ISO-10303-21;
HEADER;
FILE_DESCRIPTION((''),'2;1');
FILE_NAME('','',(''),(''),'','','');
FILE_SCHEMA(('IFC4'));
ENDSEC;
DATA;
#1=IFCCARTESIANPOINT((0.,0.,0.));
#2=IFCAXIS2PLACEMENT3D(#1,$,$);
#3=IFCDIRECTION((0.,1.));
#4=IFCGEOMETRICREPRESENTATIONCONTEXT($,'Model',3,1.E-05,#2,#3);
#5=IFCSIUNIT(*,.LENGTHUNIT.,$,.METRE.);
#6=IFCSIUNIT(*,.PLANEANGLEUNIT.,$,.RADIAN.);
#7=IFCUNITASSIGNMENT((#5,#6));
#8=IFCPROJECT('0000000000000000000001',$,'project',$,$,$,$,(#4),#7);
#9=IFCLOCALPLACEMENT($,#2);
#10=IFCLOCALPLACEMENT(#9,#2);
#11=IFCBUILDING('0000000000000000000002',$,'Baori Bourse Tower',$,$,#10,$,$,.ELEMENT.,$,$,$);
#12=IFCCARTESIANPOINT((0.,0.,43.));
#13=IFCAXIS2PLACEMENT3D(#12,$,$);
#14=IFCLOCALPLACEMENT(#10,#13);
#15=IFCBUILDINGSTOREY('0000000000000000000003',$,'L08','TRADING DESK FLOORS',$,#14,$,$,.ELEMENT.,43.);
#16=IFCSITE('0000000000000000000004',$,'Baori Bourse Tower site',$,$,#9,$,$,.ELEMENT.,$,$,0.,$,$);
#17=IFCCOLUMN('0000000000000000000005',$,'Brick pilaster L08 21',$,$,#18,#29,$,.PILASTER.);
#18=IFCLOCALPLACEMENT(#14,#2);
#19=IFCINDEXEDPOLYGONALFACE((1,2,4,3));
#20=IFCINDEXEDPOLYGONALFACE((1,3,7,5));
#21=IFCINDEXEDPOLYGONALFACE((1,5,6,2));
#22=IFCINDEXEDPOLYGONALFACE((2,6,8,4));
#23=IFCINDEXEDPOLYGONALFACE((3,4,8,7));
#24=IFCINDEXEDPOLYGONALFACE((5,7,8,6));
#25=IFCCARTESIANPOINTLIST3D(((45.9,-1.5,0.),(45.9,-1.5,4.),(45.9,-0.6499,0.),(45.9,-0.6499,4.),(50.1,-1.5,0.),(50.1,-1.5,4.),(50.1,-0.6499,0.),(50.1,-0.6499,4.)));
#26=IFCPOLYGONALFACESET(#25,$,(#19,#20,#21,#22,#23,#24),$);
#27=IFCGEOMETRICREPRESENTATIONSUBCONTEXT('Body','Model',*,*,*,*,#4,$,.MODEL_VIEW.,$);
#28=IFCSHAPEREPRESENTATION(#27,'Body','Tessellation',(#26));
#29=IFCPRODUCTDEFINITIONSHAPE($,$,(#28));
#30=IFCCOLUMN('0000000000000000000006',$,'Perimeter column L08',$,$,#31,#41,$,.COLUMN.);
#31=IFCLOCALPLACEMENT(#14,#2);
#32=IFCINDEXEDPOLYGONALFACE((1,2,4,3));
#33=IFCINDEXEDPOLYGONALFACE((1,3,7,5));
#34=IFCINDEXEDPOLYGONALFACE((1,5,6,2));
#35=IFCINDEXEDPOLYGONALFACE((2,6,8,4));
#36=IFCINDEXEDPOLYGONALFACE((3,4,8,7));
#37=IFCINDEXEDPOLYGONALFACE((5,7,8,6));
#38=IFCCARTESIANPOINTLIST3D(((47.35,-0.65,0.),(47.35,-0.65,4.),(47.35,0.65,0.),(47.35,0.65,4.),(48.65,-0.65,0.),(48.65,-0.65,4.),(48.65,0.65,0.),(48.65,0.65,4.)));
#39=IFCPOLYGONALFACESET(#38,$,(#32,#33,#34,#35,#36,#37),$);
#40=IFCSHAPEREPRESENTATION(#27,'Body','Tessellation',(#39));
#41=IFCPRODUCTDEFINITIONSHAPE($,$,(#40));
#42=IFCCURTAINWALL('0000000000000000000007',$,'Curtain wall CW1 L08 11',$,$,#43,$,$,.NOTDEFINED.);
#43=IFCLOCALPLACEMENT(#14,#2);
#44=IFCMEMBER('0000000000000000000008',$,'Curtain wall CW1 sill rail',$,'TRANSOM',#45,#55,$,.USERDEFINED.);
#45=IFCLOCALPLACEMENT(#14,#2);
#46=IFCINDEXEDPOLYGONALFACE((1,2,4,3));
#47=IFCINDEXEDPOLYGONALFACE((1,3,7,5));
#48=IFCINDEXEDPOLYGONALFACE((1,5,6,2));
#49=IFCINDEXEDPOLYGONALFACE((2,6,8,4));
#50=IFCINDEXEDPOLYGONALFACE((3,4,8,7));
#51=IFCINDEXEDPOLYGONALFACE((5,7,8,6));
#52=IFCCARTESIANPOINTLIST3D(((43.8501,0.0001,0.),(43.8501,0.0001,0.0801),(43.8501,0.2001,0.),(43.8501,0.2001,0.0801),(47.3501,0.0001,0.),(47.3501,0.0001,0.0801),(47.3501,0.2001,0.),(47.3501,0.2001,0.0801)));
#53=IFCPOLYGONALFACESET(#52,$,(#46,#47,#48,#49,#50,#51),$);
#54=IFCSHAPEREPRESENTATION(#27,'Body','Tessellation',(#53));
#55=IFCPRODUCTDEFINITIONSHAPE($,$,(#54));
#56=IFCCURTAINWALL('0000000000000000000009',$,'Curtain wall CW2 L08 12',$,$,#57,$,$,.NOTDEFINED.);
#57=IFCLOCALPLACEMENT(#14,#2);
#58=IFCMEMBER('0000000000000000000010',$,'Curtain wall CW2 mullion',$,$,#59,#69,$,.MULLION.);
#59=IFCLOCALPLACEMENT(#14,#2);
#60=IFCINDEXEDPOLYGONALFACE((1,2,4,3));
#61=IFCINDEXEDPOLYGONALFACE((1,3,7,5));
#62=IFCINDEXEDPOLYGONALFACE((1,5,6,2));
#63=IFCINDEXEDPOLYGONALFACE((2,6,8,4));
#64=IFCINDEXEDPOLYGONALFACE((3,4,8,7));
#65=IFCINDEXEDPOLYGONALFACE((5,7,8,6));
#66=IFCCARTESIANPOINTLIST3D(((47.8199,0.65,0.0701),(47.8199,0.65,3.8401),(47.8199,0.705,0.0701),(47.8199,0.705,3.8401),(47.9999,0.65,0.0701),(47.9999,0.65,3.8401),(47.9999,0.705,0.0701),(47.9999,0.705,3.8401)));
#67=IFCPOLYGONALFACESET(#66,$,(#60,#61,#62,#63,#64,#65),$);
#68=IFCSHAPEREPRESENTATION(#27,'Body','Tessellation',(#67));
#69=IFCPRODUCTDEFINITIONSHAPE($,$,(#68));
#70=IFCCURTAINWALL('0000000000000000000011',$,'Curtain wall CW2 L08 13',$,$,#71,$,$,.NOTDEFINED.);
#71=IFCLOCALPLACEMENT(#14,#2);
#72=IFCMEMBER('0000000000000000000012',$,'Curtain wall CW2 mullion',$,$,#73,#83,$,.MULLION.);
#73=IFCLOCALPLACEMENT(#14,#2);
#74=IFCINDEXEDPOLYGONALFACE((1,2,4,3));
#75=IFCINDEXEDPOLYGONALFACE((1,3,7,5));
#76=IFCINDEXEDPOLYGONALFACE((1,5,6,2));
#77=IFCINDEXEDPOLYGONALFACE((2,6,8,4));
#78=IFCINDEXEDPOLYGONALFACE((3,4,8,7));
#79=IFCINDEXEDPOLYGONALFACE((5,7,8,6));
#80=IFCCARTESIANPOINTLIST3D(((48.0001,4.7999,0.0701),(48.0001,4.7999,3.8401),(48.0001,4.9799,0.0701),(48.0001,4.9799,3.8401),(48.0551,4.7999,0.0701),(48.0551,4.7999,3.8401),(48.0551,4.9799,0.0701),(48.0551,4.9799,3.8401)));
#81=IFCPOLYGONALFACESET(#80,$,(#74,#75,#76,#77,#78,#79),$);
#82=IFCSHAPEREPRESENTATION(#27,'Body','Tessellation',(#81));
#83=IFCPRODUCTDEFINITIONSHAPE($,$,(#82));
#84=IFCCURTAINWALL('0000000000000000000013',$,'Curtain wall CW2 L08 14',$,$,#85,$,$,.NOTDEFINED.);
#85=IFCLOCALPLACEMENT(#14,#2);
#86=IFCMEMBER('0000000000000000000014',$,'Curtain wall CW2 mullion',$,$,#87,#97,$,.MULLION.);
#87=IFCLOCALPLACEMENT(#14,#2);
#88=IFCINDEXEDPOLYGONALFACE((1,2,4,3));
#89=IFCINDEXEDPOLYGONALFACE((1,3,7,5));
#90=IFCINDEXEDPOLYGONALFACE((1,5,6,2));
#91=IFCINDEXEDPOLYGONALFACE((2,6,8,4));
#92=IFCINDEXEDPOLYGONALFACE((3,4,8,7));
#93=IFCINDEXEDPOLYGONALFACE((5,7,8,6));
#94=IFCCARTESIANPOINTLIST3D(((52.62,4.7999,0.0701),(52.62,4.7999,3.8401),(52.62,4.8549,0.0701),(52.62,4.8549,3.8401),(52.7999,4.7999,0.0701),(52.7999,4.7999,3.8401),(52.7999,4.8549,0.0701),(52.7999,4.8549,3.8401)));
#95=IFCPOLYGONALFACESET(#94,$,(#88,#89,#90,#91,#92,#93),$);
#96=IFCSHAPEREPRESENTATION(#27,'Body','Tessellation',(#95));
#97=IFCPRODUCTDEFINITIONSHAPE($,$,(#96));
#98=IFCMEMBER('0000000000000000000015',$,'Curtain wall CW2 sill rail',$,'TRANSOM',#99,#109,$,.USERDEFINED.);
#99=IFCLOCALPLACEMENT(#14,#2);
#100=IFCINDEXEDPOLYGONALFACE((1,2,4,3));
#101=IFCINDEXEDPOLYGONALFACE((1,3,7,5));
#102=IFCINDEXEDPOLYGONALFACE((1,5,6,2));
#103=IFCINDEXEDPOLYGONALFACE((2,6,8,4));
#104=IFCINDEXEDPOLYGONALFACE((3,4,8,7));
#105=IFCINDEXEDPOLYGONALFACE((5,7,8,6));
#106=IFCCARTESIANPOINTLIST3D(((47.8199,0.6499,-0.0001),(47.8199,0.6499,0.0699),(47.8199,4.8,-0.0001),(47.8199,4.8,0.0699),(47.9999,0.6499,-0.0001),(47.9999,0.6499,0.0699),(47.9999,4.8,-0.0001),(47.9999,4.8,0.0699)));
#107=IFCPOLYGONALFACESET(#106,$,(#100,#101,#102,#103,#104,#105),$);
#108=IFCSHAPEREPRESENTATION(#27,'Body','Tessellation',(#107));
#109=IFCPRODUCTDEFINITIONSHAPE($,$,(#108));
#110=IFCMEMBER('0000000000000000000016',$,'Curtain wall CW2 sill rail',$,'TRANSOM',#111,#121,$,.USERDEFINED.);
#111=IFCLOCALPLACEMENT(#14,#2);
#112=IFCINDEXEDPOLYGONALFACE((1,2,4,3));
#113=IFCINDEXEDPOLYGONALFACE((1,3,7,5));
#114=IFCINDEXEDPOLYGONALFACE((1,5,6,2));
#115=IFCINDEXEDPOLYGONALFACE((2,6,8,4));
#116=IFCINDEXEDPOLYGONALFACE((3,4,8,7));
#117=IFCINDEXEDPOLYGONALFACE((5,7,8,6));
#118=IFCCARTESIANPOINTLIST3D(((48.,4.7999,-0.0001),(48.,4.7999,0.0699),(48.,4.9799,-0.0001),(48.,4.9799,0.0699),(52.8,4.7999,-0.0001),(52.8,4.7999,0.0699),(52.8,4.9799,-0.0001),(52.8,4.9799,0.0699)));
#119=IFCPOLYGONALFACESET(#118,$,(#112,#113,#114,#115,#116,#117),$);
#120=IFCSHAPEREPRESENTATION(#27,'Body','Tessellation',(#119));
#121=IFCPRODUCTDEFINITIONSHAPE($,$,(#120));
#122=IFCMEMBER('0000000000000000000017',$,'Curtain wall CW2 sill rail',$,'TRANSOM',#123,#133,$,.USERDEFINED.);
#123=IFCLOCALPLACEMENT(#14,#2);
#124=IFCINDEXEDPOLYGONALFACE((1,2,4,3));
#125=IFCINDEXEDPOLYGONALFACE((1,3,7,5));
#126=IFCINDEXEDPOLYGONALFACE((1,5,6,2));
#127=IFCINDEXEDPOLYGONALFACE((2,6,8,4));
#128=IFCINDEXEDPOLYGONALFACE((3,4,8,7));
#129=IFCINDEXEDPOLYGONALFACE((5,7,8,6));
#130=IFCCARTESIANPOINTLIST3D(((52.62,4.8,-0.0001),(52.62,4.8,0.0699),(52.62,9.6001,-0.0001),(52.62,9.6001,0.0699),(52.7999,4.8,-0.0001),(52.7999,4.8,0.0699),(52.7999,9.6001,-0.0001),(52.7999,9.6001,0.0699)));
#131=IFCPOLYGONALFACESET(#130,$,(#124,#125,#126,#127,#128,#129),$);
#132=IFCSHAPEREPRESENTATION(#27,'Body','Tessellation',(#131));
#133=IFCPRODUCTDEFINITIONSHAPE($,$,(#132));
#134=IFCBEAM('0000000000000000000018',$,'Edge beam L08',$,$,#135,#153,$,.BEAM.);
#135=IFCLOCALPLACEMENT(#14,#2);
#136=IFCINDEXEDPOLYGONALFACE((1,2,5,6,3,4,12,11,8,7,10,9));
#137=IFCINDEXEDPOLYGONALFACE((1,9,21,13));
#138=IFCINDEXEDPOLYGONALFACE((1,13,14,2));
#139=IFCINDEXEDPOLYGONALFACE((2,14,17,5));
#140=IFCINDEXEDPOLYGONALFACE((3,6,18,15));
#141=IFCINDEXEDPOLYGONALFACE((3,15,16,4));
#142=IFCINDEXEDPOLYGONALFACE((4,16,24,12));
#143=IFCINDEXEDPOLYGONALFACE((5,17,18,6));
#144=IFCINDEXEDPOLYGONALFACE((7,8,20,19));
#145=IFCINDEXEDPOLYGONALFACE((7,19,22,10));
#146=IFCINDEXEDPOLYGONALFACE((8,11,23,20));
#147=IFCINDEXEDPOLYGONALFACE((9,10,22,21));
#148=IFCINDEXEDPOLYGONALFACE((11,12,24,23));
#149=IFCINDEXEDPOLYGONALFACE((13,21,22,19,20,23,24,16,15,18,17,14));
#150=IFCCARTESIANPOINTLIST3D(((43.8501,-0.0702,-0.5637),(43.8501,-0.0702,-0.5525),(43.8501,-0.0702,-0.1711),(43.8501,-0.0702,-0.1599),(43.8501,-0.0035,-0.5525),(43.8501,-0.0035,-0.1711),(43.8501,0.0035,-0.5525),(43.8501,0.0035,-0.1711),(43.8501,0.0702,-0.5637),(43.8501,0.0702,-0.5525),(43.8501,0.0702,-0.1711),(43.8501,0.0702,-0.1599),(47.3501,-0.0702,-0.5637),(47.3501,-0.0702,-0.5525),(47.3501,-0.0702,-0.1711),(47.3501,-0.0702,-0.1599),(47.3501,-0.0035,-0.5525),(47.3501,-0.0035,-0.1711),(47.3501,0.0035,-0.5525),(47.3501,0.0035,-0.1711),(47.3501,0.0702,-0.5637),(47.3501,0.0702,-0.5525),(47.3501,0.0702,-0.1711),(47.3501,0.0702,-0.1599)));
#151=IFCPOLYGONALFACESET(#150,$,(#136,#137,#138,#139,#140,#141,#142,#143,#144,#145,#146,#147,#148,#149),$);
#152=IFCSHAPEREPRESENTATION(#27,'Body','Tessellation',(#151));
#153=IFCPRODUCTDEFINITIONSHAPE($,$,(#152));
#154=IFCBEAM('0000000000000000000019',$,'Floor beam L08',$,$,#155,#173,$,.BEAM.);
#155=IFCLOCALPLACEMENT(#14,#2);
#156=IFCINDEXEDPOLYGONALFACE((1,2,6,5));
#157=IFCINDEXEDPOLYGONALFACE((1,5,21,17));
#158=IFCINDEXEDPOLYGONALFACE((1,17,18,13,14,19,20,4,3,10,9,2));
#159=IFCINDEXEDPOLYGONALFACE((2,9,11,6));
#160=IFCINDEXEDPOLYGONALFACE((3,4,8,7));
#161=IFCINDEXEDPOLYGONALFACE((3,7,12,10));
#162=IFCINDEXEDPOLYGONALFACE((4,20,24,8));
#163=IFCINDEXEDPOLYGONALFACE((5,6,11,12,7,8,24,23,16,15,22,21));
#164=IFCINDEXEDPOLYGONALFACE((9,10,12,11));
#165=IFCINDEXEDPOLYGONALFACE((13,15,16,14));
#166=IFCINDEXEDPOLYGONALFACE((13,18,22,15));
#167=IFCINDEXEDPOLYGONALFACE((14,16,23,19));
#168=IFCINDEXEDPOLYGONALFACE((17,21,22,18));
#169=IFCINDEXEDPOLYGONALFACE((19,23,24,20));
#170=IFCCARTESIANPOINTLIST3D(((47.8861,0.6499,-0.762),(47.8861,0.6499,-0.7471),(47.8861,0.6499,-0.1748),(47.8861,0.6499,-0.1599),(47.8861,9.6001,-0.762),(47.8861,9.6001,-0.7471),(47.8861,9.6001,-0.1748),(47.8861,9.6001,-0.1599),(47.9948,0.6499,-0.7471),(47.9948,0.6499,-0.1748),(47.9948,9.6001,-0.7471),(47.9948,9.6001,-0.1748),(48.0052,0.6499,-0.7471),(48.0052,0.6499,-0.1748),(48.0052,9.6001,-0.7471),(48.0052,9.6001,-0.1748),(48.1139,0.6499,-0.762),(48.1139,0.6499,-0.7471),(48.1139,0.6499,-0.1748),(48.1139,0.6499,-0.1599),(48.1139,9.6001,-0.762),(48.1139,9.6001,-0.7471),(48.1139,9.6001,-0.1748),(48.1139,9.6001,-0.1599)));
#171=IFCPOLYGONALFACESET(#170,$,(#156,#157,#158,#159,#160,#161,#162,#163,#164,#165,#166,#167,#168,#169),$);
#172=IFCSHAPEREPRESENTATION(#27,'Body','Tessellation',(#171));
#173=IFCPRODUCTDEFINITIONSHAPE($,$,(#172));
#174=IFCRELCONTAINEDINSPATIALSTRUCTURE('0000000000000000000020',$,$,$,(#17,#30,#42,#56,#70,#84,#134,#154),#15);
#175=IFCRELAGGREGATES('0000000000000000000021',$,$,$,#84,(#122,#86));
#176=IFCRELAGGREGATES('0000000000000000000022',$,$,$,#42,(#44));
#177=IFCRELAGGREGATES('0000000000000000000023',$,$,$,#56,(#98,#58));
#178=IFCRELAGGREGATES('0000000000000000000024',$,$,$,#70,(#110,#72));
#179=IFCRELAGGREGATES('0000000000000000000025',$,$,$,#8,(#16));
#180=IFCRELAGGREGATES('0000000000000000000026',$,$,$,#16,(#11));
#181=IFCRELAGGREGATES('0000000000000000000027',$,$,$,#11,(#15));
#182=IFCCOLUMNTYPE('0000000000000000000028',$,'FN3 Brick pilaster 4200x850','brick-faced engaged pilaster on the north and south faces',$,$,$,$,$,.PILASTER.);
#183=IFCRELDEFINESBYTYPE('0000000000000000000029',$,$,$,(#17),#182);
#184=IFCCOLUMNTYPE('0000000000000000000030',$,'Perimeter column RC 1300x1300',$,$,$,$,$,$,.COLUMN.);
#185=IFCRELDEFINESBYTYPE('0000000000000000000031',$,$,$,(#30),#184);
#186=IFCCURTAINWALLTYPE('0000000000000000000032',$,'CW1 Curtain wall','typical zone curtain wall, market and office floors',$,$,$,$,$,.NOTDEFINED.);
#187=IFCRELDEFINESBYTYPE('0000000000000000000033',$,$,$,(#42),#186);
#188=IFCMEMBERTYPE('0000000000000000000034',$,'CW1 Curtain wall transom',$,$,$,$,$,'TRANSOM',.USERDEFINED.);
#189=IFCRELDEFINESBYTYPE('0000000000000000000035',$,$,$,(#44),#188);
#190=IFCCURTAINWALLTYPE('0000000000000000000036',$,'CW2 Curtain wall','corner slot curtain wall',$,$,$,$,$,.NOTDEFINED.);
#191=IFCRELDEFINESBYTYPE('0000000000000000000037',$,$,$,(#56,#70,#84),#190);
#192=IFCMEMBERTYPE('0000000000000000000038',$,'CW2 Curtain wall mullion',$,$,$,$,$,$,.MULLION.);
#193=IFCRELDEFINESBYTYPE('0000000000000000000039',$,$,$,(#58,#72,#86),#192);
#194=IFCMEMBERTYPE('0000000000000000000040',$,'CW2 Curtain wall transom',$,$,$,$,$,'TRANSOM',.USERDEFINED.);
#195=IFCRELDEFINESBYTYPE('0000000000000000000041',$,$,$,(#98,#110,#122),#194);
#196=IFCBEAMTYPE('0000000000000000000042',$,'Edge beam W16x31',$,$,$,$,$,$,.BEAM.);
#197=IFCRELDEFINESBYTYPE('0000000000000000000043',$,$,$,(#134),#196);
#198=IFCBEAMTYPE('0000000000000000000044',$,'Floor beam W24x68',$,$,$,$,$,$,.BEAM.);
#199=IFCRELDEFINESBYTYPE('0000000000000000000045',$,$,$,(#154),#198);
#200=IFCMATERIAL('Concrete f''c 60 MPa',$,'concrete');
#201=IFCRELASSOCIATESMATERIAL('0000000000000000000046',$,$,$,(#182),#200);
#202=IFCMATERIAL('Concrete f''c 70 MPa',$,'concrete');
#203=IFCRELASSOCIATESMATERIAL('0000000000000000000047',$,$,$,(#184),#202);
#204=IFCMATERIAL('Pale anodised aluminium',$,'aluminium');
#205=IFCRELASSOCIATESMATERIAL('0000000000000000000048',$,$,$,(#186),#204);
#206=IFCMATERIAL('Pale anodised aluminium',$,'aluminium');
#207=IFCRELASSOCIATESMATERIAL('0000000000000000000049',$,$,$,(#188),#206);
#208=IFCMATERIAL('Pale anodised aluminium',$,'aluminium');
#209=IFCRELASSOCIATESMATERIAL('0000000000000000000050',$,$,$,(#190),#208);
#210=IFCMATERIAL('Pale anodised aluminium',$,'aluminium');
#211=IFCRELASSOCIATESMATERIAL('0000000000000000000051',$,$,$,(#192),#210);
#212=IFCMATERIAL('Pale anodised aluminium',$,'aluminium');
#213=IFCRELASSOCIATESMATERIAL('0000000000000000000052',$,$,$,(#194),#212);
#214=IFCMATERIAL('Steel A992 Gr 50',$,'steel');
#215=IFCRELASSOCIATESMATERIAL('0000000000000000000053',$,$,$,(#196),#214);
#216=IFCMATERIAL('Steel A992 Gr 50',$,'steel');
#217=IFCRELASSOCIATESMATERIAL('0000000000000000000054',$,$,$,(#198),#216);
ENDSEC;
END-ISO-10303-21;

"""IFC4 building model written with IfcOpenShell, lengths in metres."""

from ifc_helpers import new_model, si_unit, direction, frame, origin, origin_2d, place, context, subcontext, project, spatial, rectangle, i_section, extrude, material, material_profile, profile_set, type_object, element, aggregate, save


model = new_model("IFC4")

# Units and contexts
model_context = context("Model", 3, precision=1e-05, world=origin(), true_north=direction((0.0, 1.0)))
body_context = subcontext(model_context, "Body", "Model", "MODEL_VIEW")
ifc_project = project(units=[si_unit("LENGTHUNIT", "METRE"), si_unit("PLANEANGLEUNIT", "RADIAN")], contexts=[model_context])

# Site, building, storey
site_placement = place(None, origin())
site = spatial("IfcSite", under=ifc_project, at=site_placement, Name="Baori Bourse Tower site", CompositionType="ELEMENT", RefElevation=0.0)
building_placement = place(site_placement, origin())
building = spatial("IfcBuilding", under=site, at=building_placement, Name="Baori Bourse Tower", CompositionType="ELEMENT")
storey_placement = place(building_placement, frame((0.0, 0.0, 43.0)))
storey = spatial("IfcBuildingStorey", under=building, at=storey_placement, Name="L08", Description="TRADING DESK FLOORS", CompositionType="ELEMENT", Elevation=43.0)

# Columns
ifc_material_1 = material(Name="Concrete f'c 60 MPa", Category="concrete")
ifc_material_profile_1 = material_profile(ifc_material_1, rectangle(XDim=4.2, YDim=0.8501, at=origin_2d()), Name="RC 4200x850")
ifc_profile_set_1 = profile_set([ifc_material_profile_1], Name="Concrete f'c 60 MPa")
column_type_1 = type_object("IfcColumnType", Name="FN3 Brick pilaster 4200x850", Description="brick-faced engaged pilaster on the north and south faces", PredefinedType="PILASTER", material=ifc_profile_set_1)
column_1_placement = place(storey_placement, frame((48.0, -1.075, 0.0), z_axis=(0.0, 0.0, 1.0), x_axis=(1.0, 0.0, 0.0)))
element("IfcColumn", 1, at=column_1_placement, inside=storey, type_object=column_type_1, Name="Brick pilaster L08 21", PredefinedType="PILASTER", context=body_context, shape_type="SweptSolid", body=[
    extrude(rectangle(XDim=4.2, YDim=0.8501, at=origin_2d()), origin(), (0.0, 0.0, 1.0), 4.0),
])
ifc_material_2 = material(Name="Concrete f'c 70 MPa", Category="concrete")
ifc_material_profile_2 = material_profile(ifc_material_2, rectangle(XDim=1.3, YDim=1.3, at=origin_2d()), Name="RC 1300x1300")
ifc_profile_set_2 = profile_set([ifc_material_profile_2], Name="Concrete f'c 70 MPa")
column_type_2 = type_object("IfcColumnType", Name="Perimeter column RC 1300x1300", PredefinedType="COLUMN", material=ifc_profile_set_2)
column_2_placement = place(storey_placement, frame((48.0, 0.0, 0.0), z_axis=(0.0, 0.0, 1.0), x_axis=(1.0, 0.0, 0.0)))
element("IfcColumn", 2, at=column_2_placement, inside=storey, type_object=column_type_2, Name="Perimeter column L08", PredefinedType="COLUMN", context=body_context, shape_type="SweptSolid", body=[
    extrude(rectangle(XDim=1.3, YDim=1.3, at=origin_2d()), origin(), (0.0, 0.0, 1.0), 4.0),
])

# Curtain walls, members
ifc_material_3 = material(Name="Pale anodised aluminium", Category="aluminium")
curtain_wall_type_1 = type_object("IfcCurtainWallType", Name="CW1 Curtain wall", Description="typical zone curtain wall, market and office floors", PredefinedType="NOTDEFINED", material=ifc_material_3)
curtain_wall_1_placement = place(storey_placement, origin())
curtain_wall_1 = element("IfcCurtainWall", 3, at=curtain_wall_1_placement, inside=storey, type_object=curtain_wall_type_1, Name="Curtain wall CW1 L08 11", PredefinedType="NOTDEFINED")
ifc_material_4 = material(Name="Pale anodised aluminium", Category="aluminium")
ifc_material_profile_3 = material_profile(ifc_material_4, rectangle(XDim=0.2, YDim=0.0801, at=origin_2d()), Name="Transom 80x200")
ifc_profile_set_3 = profile_set([ifc_material_profile_3], Name="Pale anodised aluminium")
member_type_1 = type_object("IfcMemberType", Name="CW1 Curtain wall transom", ElementType="TRANSOM", PredefinedType="USERDEFINED", material=ifc_profile_set_3)
member_1_placement = place(storey_placement, frame((43.8501, 0.1001, 0.04), z_axis=(1.0, 0.0, 0.0), x_axis=(0.0, 1.0, 0.0)))
member_1 = element("IfcMember", 4, at=member_1_placement, type_object=member_type_1, Name="Curtain wall CW1 sill rail", ObjectType="TRANSOM", PredefinedType="USERDEFINED", context=body_context, shape_type="SweptSolid", body=[
    extrude(rectangle(XDim=0.2, YDim=0.0801, at=origin_2d()), origin(), (0.0, 0.0, 1.0), 3.5),
])
ifc_material_5 = material(Name="Pale anodised aluminium", Category="aluminium")
curtain_wall_type_2 = type_object("IfcCurtainWallType", Name="CW2 Curtain wall", Description="corner slot curtain wall", PredefinedType="NOTDEFINED", material=ifc_material_5)
curtain_wall_2_placement = place(storey_placement, origin())
curtain_wall_2 = element("IfcCurtainWall", 5, at=curtain_wall_2_placement, inside=storey, type_object=curtain_wall_type_2, Name="Curtain wall CW2 L08 12", PredefinedType="NOTDEFINED")
ifc_material_6 = material(Name="Pale anodised aluminium", Category="aluminium")
ifc_material_profile_4 = material_profile(ifc_material_6, rectangle(XDim=0.1799, YDim=0.0549, at=origin_2d()), Name="Mullion 55x180")
ifc_profile_set_4 = profile_set([ifc_material_profile_4], Name="Pale anodised aluminium")
member_type_2 = type_object("IfcMemberType", Name="CW2 Curtain wall mullion", PredefinedType="MULLION", material=ifc_profile_set_4)
member_2_placement = place(storey_placement, frame((47.9099, 0.6775, 0.0701), z_axis=(0.0, 0.0, 1.0), x_axis=(-1.0, 0.0, 0.0)))
member_2 = element("IfcMember", 6, at=member_2_placement, type_object=member_type_2, Name="Curtain wall CW2 mullion", PredefinedType="MULLION", context=body_context, shape_type="SweptSolid", body=[
    extrude(rectangle(XDim=0.1799, YDim=0.0549, at=origin_2d()), origin(), (0.0, 0.0, 1.0), 3.77),
])
curtain_wall_3_placement = place(storey_placement, origin())
curtain_wall_3 = element("IfcCurtainWall", 7, at=curtain_wall_3_placement, inside=storey, type_object=curtain_wall_type_2, Name="Curtain wall CW2 L08 13", PredefinedType="NOTDEFINED")
member_3_placement = place(storey_placement, frame((48.0276, 4.8899, 0.0701), z_axis=(0.0, 0.0, 1.0), x_axis=(0.0, 1.0, 0.0)))
member_3 = element("IfcMember", 8, at=member_3_placement, type_object=member_type_2, Name="Curtain wall CW2 mullion", PredefinedType="MULLION", context=body_context, shape_type="SweptSolid", body=[
    extrude(rectangle(XDim=0.1799, YDim=0.0549, at=origin_2d()), origin(), (0.0, 0.0, 1.0), 3.77),
])
curtain_wall_4_placement = place(storey_placement, origin())
curtain_wall_4 = element("IfcCurtainWall", 9, at=curtain_wall_4_placement, inside=storey, type_object=curtain_wall_type_2, Name="Curtain wall CW2 L08 14", PredefinedType="NOTDEFINED")
member_4_placement = place(storey_placement, frame((52.71, 4.8274, 0.0701), z_axis=(0.0, 0.0, 1.0), x_axis=(-1.0, 0.0, 0.0)))
member_4 = element("IfcMember", 10, at=member_4_placement, type_object=member_type_2, Name="Curtain wall CW2 mullion", PredefinedType="MULLION", context=body_context, shape_type="SweptSolid", body=[
    extrude(rectangle(XDim=0.1799, YDim=0.0549, at=origin_2d()), origin(), (0.0, 0.0, 1.0), 3.77),
])

# Members
ifc_material_7 = material(Name="Pale anodised aluminium", Category="aluminium")
ifc_material_profile_5 = material_profile(ifc_material_7, rectangle(XDim=0.1799, YDim=0.0701, at=origin_2d()), Name="Transom 70x180")
ifc_profile_set_5 = profile_set([ifc_material_profile_5], Name="Pale anodised aluminium")
member_type_3 = type_object("IfcMemberType", Name="CW2 Curtain wall transom", ElementType="TRANSOM", PredefinedType="USERDEFINED", material=ifc_profile_set_5)
member_5_placement = place(storey_placement, frame((47.9099, 0.6499, 0.0349), z_axis=(0.0, 1.0, 0.0), x_axis=(-1.0, 0.0, 0.0)))
member_5 = element("IfcMember", 11, at=member_5_placement, type_object=member_type_3, Name="Curtain wall CW2 sill rail", ObjectType="TRANSOM", PredefinedType="USERDEFINED", context=body_context, shape_type="SweptSolid", body=[
    extrude(rectangle(XDim=0.1799, YDim=0.0701, at=origin_2d()), origin(), (0.0, 0.0, 1.0), 4.1501),
])
member_6_placement = place(storey_placement, frame((48.0, 4.8899, 0.0349), z_axis=(1.0, 0.0, 0.0), x_axis=(0.0, 1.0, 0.0)))
member_6 = element("IfcMember", 12, at=member_6_placement, type_object=member_type_3, Name="Curtain wall CW2 sill rail", ObjectType="TRANSOM", PredefinedType="USERDEFINED", context=body_context, shape_type="SweptSolid", body=[
    extrude(rectangle(XDim=0.1799, YDim=0.0701, at=origin_2d()), origin(), (0.0, 0.0, 1.0), 4.8),
])
member_7_placement = place(storey_placement, frame((52.71, 4.8, 0.0349), z_axis=(0.0, 1.0, 0.0), x_axis=(-1.0, 0.0, 0.0)))
member_7 = element("IfcMember", 13, at=member_7_placement, type_object=member_type_3, Name="Curtain wall CW2 sill rail", ObjectType="TRANSOM", PredefinedType="USERDEFINED", context=body_context, shape_type="SweptSolid", body=[
    extrude(rectangle(XDim=0.1799, YDim=0.0701, at=origin_2d()), origin(), (0.0, 0.0, 1.0), 4.8),
])
aggregate(curtain_wall_4, [member_7, member_4])

# Beams
ifc_material_8 = material(Name="Steel A992 Gr 50", Category="steel")
ifc_material_profile_6 = material_profile(ifc_material_8, i_section(OverallWidth=0.1404, OverallDepth=0.4038, WebThickness=0.0071, FlangeThickness=0.0112, at=origin_2d()), Name="W16x31")
ifc_profile_set_6 = profile_set([ifc_material_profile_6], Name="Steel A992 Gr 50")
beam_type_1 = type_object("IfcBeamType", Name="Edge beam W16x31", PredefinedType="BEAM", material=ifc_profile_set_6)
beam_1_placement = place(storey_placement, frame((43.8501, 0.0, -0.3618), z_axis=(1.0, 0.0, 0.0), x_axis=(0.0, 1.0, 0.0)))
element("IfcBeam", 14, at=beam_1_placement, inside=storey, type_object=beam_type_1, Name="Edge beam L08", PredefinedType="BEAM", context=body_context, shape_type="SweptSolid", body=[
    extrude(i_section(OverallWidth=0.1404, OverallDepth=0.4038, WebThickness=0.0071, FlangeThickness=0.0112, at=origin_2d()), origin(), (0.0, 0.0, 1.0), 3.5),
])
ifc_material_9 = material(Name="Steel A992 Gr 50", Category="steel")
ifc_material_profile_7 = material_profile(ifc_material_9, i_section(OverallWidth=0.2278, OverallDepth=0.6021, WebThickness=0.0105, FlangeThickness=0.0149, at=origin_2d()), Name="W24x68")
ifc_profile_set_7 = profile_set([ifc_material_profile_7], Name="Steel A992 Gr 50")
beam_type_2 = type_object("IfcBeamType", Name="Floor beam W24x68", PredefinedType="BEAM", material=ifc_profile_set_7)
beam_2_placement = place(storey_placement, frame((48.0, 0.6499, -0.4609), z_axis=(0.0, 1.0, 0.0), x_axis=(-1.0, 0.0, 0.0)))
element("IfcBeam", 15, at=beam_2_placement, inside=storey, type_object=beam_type_2, Name="Floor beam L08", PredefinedType="BEAM", context=body_context, shape_type="SweptSolid", body=[
    extrude(i_section(OverallWidth=0.2278, OverallDepth=0.6021, WebThickness=0.0105, FlangeThickness=0.0149, at=origin_2d()), origin(), (0.0, 0.0, 1.0), 8.9502),
])

aggregate(curtain_wall_1, [member_1])
aggregate(curtain_wall_2, [member_5, member_2])
aggregate(curtain_wall_3, [member_6, member_3])

save(model, "model.ifc")
